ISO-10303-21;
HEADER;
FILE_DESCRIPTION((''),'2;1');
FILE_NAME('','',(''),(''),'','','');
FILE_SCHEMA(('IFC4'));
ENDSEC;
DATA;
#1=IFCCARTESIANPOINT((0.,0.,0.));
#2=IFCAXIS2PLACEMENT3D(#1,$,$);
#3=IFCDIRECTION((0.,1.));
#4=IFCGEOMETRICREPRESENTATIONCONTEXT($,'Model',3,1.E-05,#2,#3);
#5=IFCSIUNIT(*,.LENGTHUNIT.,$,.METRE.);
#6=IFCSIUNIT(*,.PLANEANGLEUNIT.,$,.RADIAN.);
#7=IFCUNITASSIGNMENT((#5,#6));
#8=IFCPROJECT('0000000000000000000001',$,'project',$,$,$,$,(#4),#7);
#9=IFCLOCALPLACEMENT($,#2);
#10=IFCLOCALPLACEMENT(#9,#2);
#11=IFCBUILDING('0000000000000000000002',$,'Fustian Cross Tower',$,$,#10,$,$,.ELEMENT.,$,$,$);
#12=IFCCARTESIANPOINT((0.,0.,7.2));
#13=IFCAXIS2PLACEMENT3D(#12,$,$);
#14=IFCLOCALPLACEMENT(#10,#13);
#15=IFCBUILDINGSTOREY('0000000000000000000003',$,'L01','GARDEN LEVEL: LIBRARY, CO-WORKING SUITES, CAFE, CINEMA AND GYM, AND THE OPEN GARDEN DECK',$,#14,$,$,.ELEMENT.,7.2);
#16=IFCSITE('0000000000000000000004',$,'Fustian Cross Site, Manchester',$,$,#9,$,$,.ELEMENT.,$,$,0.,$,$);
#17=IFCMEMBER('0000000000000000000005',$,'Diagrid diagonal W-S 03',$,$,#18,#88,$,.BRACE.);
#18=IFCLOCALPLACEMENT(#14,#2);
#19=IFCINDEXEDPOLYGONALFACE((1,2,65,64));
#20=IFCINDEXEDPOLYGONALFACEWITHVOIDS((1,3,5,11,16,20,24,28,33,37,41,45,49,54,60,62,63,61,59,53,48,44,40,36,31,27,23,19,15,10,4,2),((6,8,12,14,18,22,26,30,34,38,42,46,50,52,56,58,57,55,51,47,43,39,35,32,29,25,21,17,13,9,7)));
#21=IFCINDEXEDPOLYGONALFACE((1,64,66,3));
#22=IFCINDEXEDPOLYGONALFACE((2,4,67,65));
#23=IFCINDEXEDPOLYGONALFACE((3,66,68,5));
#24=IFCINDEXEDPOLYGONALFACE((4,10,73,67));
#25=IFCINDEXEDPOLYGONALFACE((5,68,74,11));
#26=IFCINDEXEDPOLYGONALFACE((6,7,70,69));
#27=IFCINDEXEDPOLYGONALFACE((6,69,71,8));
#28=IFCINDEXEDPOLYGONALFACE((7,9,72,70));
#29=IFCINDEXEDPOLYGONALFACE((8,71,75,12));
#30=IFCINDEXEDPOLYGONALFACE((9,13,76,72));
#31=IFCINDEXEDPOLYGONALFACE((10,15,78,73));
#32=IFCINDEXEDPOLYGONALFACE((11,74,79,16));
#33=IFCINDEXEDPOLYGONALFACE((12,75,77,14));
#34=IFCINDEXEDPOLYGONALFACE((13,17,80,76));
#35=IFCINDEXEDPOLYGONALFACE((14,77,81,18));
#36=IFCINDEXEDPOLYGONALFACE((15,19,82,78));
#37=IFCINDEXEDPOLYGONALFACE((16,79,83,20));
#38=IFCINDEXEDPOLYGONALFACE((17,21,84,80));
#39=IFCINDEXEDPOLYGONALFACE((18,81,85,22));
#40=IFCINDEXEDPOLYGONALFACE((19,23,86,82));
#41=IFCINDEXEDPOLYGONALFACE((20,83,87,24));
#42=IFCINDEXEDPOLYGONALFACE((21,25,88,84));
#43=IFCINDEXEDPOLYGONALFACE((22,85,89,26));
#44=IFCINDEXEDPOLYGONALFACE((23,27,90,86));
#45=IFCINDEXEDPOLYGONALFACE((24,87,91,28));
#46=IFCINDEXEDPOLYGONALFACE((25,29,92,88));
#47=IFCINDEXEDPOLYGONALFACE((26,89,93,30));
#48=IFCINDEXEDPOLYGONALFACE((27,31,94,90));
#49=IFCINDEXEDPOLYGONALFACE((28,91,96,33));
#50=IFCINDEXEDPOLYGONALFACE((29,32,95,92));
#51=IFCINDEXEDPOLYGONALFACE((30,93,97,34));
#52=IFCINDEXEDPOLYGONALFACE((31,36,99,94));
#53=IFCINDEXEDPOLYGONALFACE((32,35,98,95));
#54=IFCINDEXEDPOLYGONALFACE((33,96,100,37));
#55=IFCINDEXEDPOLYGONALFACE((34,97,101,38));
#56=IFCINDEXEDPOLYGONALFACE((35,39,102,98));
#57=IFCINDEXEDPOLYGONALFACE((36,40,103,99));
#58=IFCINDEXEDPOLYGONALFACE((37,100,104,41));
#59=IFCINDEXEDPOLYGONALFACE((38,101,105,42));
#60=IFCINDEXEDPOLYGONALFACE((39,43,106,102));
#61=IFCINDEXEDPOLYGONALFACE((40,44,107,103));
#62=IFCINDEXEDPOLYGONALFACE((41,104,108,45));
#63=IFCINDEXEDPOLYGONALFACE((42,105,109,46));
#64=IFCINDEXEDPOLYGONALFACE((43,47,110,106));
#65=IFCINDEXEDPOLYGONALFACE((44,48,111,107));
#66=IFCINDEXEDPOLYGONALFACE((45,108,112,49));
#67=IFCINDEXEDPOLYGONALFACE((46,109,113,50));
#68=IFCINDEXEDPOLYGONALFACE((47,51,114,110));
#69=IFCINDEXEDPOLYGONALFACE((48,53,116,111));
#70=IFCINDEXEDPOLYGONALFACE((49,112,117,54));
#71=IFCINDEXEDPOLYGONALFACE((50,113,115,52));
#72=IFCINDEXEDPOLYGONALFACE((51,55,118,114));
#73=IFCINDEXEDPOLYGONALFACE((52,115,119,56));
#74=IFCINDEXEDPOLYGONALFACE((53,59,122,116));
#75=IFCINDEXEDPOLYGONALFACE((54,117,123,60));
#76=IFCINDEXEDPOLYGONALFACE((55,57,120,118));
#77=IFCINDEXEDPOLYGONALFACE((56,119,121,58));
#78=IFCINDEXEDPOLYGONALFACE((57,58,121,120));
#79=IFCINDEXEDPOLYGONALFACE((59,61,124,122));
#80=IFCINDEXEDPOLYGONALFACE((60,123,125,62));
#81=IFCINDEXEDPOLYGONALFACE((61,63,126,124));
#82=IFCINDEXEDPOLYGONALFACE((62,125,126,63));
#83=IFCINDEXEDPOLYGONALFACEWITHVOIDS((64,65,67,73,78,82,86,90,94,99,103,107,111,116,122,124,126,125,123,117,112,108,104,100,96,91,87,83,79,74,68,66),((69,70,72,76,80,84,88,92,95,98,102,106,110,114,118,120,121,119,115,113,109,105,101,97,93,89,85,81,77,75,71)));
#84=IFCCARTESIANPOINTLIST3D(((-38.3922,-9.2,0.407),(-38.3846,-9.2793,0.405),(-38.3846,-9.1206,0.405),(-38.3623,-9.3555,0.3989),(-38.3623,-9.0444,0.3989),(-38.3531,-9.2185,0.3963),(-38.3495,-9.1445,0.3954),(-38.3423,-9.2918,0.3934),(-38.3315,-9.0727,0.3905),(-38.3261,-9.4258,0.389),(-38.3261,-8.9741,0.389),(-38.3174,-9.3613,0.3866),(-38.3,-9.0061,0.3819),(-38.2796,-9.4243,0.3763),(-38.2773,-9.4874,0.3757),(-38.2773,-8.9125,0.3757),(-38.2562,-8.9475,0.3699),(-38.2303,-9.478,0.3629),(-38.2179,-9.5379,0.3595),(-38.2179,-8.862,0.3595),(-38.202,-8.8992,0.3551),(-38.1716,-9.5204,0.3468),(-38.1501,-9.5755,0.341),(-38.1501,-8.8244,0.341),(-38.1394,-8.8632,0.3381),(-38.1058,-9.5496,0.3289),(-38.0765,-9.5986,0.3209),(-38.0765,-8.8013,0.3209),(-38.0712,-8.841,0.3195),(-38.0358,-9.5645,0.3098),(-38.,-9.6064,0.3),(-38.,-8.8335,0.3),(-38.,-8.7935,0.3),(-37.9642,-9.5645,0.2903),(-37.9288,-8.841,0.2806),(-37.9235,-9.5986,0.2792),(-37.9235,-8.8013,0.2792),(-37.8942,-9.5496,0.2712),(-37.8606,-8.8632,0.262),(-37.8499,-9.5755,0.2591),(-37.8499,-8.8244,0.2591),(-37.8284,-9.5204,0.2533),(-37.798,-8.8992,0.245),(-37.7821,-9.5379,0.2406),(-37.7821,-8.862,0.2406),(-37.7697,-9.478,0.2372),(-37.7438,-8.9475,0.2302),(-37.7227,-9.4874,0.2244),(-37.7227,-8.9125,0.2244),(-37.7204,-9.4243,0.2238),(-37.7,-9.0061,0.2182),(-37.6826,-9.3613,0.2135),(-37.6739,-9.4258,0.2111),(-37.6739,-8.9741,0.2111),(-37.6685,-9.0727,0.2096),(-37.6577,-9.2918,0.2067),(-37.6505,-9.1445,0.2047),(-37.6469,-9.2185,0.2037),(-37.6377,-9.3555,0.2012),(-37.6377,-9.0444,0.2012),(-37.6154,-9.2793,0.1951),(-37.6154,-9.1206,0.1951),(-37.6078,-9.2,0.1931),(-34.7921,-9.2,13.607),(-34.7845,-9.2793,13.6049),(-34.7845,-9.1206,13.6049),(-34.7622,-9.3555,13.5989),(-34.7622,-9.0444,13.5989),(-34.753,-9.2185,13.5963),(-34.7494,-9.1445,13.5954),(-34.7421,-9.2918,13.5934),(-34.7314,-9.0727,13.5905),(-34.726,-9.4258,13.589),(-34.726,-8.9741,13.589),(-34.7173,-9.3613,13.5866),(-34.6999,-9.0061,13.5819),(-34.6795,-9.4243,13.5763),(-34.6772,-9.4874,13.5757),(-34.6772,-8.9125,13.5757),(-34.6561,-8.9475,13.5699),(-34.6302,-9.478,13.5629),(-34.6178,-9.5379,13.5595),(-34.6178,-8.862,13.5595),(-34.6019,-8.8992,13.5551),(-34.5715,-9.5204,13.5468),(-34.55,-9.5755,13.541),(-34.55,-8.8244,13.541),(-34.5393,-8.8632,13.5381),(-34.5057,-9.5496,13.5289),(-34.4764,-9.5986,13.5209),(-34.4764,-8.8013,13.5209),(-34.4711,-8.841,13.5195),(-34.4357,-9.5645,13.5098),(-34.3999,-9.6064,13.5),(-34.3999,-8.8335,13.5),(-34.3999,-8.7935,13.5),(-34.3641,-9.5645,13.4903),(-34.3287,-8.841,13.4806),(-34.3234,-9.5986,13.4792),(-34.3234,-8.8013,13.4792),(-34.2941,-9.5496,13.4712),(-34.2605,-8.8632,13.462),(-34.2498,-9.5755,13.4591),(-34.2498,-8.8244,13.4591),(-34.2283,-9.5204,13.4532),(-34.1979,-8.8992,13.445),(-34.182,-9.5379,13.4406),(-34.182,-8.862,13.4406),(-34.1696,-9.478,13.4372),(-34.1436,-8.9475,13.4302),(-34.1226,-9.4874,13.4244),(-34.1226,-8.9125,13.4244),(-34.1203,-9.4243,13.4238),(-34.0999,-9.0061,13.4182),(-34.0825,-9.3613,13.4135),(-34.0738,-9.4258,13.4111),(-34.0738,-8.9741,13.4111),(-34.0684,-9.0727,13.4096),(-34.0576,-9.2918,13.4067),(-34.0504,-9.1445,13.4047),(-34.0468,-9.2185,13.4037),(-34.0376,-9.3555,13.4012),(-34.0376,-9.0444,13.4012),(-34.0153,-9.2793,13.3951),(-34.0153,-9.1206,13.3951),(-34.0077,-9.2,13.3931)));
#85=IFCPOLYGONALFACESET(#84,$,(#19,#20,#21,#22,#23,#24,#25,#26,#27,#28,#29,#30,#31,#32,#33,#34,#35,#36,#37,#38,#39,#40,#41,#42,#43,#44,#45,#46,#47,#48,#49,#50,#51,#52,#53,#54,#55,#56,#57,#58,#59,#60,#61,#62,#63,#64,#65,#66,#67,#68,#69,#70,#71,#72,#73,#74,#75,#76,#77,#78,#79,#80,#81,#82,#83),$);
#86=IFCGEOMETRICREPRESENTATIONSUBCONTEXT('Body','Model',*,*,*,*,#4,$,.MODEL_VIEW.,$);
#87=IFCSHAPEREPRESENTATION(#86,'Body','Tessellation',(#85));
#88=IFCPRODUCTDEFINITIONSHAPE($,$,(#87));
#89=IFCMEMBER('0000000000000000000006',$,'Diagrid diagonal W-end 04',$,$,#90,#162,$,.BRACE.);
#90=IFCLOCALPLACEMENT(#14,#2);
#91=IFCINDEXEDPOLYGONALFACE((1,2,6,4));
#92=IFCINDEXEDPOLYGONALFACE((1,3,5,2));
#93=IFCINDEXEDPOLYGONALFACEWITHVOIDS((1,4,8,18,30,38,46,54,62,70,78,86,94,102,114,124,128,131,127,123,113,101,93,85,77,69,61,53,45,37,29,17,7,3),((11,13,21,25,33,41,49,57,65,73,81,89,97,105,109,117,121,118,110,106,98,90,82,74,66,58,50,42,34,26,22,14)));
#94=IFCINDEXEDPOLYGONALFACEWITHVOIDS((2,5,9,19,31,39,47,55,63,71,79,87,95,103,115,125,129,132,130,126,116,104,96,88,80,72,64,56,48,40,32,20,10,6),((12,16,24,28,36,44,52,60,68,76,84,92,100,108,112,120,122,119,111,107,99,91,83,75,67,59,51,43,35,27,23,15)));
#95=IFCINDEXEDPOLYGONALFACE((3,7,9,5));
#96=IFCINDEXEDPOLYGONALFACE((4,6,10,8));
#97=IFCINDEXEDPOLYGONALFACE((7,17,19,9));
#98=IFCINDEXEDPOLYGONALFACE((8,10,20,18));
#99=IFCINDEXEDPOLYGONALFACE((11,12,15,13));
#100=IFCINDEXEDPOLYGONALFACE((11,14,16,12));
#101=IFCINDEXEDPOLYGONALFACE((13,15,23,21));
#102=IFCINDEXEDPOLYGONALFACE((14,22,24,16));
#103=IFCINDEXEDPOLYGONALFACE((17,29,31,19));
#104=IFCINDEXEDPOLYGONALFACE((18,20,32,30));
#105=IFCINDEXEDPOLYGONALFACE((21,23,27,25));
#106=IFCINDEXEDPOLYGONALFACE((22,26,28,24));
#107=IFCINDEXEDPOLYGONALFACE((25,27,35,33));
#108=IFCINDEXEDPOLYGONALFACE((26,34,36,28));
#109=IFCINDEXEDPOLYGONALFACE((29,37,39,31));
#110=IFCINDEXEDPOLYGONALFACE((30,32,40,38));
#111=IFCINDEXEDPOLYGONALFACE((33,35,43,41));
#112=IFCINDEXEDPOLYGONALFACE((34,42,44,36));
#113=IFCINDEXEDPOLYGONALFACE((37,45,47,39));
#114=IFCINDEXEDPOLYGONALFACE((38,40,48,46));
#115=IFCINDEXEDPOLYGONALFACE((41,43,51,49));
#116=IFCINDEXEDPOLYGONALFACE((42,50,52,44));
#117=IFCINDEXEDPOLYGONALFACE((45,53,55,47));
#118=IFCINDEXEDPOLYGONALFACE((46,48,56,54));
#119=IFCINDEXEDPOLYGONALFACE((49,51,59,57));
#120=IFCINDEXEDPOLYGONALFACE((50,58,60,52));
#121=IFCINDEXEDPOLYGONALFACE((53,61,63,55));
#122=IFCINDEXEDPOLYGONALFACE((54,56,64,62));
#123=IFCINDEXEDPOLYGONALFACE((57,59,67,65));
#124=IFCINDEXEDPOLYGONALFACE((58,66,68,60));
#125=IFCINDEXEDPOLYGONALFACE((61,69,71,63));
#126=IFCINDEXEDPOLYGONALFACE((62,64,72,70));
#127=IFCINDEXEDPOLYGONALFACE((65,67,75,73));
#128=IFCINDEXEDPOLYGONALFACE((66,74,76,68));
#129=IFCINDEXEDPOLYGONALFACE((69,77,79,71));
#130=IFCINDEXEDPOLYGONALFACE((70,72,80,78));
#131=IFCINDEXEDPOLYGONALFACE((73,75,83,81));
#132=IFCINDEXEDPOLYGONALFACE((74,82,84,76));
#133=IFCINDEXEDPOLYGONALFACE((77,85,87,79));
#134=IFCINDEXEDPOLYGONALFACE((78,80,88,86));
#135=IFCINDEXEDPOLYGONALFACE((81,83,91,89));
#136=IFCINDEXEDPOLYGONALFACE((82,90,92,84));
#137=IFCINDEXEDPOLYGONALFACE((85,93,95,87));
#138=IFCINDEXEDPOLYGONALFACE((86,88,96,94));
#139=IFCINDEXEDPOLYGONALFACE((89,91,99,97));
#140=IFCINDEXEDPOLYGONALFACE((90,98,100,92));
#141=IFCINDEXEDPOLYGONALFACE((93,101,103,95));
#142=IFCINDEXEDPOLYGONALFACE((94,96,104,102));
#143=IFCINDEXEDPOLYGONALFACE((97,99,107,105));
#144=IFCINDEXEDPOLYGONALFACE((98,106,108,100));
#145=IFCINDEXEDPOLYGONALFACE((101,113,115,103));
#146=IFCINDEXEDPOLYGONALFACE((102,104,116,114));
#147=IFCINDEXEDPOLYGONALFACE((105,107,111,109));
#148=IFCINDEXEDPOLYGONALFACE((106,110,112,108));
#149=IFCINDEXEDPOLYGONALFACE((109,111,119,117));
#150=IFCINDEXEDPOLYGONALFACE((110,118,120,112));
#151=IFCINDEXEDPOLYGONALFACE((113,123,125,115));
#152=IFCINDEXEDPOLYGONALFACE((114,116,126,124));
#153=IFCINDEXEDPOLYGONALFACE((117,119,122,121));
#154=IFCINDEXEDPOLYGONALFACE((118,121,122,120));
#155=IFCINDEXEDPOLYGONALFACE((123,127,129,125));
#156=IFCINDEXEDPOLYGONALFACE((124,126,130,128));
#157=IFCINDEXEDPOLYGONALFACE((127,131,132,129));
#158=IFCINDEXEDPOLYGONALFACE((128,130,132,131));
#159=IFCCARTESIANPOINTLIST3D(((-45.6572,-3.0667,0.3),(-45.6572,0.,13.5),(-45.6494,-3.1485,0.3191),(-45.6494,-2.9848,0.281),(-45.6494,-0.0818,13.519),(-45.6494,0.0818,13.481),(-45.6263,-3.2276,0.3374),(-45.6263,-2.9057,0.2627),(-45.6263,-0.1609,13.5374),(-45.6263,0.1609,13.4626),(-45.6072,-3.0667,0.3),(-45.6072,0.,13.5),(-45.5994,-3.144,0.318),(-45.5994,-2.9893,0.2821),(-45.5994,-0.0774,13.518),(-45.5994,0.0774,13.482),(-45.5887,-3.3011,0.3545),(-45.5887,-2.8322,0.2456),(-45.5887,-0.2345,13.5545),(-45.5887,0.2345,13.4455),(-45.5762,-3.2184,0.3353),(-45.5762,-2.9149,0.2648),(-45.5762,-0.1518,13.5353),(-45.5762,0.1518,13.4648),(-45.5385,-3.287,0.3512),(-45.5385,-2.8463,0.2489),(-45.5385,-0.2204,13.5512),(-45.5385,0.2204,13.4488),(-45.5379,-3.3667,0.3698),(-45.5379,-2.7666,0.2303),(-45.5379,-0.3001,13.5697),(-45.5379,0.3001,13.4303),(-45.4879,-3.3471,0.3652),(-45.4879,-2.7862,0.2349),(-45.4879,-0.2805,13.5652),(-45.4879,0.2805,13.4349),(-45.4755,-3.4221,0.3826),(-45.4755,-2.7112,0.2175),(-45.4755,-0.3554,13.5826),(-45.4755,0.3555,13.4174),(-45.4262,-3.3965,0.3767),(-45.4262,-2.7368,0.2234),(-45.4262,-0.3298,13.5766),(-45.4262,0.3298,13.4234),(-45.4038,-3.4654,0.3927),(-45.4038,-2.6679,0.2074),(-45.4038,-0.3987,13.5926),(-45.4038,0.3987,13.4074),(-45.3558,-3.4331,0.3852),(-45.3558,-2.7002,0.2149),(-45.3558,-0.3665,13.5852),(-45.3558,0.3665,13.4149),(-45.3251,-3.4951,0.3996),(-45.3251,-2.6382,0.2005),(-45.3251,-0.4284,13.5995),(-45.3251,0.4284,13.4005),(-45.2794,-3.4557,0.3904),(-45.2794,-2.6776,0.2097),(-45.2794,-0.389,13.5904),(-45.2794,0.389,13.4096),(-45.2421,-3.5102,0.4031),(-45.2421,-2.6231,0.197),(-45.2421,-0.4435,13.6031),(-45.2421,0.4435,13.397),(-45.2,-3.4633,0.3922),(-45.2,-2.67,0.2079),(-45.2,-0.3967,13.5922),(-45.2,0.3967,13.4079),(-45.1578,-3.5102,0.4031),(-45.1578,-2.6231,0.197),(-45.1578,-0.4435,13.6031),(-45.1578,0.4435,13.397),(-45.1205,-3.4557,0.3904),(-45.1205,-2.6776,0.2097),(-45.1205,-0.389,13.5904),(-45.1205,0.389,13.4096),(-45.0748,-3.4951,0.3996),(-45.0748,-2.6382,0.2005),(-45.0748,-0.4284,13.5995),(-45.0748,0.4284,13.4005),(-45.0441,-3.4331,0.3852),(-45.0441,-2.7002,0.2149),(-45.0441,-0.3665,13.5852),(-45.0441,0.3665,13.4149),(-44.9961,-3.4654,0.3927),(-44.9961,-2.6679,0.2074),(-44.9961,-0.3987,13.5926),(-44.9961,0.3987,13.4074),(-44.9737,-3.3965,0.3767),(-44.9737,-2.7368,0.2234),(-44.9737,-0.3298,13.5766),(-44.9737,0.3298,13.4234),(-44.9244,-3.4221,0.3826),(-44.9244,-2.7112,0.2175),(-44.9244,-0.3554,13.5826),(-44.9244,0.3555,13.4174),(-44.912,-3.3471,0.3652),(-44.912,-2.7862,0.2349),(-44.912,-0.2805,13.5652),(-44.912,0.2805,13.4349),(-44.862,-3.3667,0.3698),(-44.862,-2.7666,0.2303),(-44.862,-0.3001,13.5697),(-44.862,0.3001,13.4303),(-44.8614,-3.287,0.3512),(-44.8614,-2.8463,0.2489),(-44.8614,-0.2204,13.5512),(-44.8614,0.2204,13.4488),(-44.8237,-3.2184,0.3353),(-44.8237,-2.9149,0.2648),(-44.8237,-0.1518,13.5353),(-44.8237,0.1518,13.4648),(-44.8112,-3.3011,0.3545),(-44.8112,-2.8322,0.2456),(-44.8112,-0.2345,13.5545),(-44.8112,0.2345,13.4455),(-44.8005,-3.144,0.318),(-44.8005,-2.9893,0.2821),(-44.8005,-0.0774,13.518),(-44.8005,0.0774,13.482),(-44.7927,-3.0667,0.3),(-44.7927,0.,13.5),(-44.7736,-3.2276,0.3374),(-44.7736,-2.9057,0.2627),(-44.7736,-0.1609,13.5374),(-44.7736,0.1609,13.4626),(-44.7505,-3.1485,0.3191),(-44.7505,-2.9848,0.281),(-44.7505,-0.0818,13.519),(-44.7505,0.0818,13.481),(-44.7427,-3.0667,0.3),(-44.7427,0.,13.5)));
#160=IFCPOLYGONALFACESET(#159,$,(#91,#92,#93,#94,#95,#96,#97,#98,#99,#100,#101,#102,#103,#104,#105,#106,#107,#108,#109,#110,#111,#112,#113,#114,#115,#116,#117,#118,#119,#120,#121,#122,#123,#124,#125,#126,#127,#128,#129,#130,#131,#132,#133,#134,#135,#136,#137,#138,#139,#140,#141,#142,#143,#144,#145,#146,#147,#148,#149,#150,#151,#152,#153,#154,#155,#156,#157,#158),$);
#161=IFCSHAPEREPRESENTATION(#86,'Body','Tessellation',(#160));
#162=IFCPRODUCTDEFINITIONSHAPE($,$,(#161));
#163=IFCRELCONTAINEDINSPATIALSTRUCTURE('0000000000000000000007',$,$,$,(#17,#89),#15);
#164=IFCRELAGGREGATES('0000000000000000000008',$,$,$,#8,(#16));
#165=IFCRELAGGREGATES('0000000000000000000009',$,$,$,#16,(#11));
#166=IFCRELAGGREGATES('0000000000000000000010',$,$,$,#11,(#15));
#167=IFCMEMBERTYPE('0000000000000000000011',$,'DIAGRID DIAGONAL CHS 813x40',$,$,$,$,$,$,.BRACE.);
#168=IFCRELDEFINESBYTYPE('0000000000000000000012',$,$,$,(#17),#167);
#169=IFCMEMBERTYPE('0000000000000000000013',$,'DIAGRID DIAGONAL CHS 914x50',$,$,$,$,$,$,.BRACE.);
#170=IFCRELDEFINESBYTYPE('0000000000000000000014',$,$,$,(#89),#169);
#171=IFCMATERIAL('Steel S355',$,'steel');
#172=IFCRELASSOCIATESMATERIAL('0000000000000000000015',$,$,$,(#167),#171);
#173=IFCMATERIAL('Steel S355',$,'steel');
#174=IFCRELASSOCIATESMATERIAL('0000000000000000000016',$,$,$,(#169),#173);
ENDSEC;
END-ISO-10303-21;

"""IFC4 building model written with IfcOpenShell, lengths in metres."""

from ifc_helpers import new_model, si_unit, direction, frame, origin, origin_2d, place, context, subcontext, project, spatial, hollow_circle, extrude, material, material_profile, profile_set, type_object, element, save


model = new_model("IFC4")

# Units and contexts
model_context = context("Model", 3, precision=1e-05, world=origin(), true_north=direction((0.0, 1.0)))
body_context = subcontext(model_context, "Body", "Model", "MODEL_VIEW")
ifc_project = project(units=[si_unit("LENGTHUNIT", "METRE"), si_unit("PLANEANGLEUNIT", "RADIAN")], contexts=[model_context])

# Site, building, storey
site_placement = place(None, origin())
site = spatial("IfcSite", under=ifc_project, at=site_placement, Name="Fustian Cross Site, Manchester", CompositionType="ELEMENT", RefElevation=0.0)
building_placement = place(site_placement, origin())
building = spatial("IfcBuilding", under=site, at=building_placement, Name="Fustian Cross Tower", CompositionType="ELEMENT")
storey_placement = place(building_placement, frame((0.0, 0.0, 7.2)))
storey = spatial("IfcBuildingStorey", under=building, at=storey_placement, Name="L01", Description="GARDEN LEVEL: LIBRARY, CO-WORKING SUITES, CAFE, CINEMA AND GYM, AND THE OPEN GARDEN DECK", CompositionType="ELEMENT", Elevation=7.2)

# Members
ifc_material_1 = material(Name="Steel S355", Category="steel")
ifc_material_profile_1 = material_profile(ifc_material_1, hollow_circle(Radius=0.4065, WallThickness=0.04, at=origin_2d()), Name="CHS 813x40")
ifc_profile_set_1 = profile_set([ifc_material_profile_1], Name="Steel S355")
member_type_1 = type_object("IfcMemberType", Name="DIAGRID DIAGONAL CHS 813x40", PredefinedType="BRACE", material=ifc_profile_set_1)
for number, where, z_axis, x_axis, name in (
    (1, (-38.0, -9.2, 0.3), (0.263125, 0.0, 0.964762), (0.0, 1.0, 0.0), "Diagrid diagonal W-S 03"),
):
    element("IfcMember", number, at=place(storey_placement, frame(where, z_axis=z_axis, x_axis=x_axis)), inside=storey, type_object=member_type_1, Name=name, PredefinedType="BRACE", context=body_context, shape_type="SweptSolid", body=[
        extrude(hollow_circle(Radius=0.4065, WallThickness=0.04, at=origin_2d()), origin(), (0.0, 0.0, 1.0), 13.6821),
    ])
ifc_material_2 = material(Name="Steel S355", Category="steel")
ifc_material_profile_2 = material_profile(ifc_material_2, hollow_circle(Radius=0.4573, WallThickness=0.05, at=origin_2d()), Name="CHS 914x50")
ifc_profile_set_2 = profile_set([ifc_material_profile_2], Name="Steel S355")
member_type_2 = type_object("IfcMemberType", Name="DIAGRID DIAGONAL CHS 914x50", PredefinedType="BRACE", material=ifc_profile_set_2)
for number, where, z_axis, x_axis, name in (
    (2, (-45.2, -3.0667, 0.3), (0.0, 0.226296, 0.974059), (-1.0, 0.0, 0.0), "Diagrid diagonal W-end 04"),
):
    element("IfcMember", number, at=place(storey_placement, frame(where, z_axis=z_axis, x_axis=x_axis)), inside=storey, type_object=member_type_2, Name=name, PredefinedType="BRACE", context=body_context, shape_type="SweptSolid", body=[
        extrude(hollow_circle(Radius=0.4573, WallThickness=0.05, at=origin_2d()), origin(), (0.0, 0.0, 1.0), 13.5515),
    ])

save(model, "model.ifc")
